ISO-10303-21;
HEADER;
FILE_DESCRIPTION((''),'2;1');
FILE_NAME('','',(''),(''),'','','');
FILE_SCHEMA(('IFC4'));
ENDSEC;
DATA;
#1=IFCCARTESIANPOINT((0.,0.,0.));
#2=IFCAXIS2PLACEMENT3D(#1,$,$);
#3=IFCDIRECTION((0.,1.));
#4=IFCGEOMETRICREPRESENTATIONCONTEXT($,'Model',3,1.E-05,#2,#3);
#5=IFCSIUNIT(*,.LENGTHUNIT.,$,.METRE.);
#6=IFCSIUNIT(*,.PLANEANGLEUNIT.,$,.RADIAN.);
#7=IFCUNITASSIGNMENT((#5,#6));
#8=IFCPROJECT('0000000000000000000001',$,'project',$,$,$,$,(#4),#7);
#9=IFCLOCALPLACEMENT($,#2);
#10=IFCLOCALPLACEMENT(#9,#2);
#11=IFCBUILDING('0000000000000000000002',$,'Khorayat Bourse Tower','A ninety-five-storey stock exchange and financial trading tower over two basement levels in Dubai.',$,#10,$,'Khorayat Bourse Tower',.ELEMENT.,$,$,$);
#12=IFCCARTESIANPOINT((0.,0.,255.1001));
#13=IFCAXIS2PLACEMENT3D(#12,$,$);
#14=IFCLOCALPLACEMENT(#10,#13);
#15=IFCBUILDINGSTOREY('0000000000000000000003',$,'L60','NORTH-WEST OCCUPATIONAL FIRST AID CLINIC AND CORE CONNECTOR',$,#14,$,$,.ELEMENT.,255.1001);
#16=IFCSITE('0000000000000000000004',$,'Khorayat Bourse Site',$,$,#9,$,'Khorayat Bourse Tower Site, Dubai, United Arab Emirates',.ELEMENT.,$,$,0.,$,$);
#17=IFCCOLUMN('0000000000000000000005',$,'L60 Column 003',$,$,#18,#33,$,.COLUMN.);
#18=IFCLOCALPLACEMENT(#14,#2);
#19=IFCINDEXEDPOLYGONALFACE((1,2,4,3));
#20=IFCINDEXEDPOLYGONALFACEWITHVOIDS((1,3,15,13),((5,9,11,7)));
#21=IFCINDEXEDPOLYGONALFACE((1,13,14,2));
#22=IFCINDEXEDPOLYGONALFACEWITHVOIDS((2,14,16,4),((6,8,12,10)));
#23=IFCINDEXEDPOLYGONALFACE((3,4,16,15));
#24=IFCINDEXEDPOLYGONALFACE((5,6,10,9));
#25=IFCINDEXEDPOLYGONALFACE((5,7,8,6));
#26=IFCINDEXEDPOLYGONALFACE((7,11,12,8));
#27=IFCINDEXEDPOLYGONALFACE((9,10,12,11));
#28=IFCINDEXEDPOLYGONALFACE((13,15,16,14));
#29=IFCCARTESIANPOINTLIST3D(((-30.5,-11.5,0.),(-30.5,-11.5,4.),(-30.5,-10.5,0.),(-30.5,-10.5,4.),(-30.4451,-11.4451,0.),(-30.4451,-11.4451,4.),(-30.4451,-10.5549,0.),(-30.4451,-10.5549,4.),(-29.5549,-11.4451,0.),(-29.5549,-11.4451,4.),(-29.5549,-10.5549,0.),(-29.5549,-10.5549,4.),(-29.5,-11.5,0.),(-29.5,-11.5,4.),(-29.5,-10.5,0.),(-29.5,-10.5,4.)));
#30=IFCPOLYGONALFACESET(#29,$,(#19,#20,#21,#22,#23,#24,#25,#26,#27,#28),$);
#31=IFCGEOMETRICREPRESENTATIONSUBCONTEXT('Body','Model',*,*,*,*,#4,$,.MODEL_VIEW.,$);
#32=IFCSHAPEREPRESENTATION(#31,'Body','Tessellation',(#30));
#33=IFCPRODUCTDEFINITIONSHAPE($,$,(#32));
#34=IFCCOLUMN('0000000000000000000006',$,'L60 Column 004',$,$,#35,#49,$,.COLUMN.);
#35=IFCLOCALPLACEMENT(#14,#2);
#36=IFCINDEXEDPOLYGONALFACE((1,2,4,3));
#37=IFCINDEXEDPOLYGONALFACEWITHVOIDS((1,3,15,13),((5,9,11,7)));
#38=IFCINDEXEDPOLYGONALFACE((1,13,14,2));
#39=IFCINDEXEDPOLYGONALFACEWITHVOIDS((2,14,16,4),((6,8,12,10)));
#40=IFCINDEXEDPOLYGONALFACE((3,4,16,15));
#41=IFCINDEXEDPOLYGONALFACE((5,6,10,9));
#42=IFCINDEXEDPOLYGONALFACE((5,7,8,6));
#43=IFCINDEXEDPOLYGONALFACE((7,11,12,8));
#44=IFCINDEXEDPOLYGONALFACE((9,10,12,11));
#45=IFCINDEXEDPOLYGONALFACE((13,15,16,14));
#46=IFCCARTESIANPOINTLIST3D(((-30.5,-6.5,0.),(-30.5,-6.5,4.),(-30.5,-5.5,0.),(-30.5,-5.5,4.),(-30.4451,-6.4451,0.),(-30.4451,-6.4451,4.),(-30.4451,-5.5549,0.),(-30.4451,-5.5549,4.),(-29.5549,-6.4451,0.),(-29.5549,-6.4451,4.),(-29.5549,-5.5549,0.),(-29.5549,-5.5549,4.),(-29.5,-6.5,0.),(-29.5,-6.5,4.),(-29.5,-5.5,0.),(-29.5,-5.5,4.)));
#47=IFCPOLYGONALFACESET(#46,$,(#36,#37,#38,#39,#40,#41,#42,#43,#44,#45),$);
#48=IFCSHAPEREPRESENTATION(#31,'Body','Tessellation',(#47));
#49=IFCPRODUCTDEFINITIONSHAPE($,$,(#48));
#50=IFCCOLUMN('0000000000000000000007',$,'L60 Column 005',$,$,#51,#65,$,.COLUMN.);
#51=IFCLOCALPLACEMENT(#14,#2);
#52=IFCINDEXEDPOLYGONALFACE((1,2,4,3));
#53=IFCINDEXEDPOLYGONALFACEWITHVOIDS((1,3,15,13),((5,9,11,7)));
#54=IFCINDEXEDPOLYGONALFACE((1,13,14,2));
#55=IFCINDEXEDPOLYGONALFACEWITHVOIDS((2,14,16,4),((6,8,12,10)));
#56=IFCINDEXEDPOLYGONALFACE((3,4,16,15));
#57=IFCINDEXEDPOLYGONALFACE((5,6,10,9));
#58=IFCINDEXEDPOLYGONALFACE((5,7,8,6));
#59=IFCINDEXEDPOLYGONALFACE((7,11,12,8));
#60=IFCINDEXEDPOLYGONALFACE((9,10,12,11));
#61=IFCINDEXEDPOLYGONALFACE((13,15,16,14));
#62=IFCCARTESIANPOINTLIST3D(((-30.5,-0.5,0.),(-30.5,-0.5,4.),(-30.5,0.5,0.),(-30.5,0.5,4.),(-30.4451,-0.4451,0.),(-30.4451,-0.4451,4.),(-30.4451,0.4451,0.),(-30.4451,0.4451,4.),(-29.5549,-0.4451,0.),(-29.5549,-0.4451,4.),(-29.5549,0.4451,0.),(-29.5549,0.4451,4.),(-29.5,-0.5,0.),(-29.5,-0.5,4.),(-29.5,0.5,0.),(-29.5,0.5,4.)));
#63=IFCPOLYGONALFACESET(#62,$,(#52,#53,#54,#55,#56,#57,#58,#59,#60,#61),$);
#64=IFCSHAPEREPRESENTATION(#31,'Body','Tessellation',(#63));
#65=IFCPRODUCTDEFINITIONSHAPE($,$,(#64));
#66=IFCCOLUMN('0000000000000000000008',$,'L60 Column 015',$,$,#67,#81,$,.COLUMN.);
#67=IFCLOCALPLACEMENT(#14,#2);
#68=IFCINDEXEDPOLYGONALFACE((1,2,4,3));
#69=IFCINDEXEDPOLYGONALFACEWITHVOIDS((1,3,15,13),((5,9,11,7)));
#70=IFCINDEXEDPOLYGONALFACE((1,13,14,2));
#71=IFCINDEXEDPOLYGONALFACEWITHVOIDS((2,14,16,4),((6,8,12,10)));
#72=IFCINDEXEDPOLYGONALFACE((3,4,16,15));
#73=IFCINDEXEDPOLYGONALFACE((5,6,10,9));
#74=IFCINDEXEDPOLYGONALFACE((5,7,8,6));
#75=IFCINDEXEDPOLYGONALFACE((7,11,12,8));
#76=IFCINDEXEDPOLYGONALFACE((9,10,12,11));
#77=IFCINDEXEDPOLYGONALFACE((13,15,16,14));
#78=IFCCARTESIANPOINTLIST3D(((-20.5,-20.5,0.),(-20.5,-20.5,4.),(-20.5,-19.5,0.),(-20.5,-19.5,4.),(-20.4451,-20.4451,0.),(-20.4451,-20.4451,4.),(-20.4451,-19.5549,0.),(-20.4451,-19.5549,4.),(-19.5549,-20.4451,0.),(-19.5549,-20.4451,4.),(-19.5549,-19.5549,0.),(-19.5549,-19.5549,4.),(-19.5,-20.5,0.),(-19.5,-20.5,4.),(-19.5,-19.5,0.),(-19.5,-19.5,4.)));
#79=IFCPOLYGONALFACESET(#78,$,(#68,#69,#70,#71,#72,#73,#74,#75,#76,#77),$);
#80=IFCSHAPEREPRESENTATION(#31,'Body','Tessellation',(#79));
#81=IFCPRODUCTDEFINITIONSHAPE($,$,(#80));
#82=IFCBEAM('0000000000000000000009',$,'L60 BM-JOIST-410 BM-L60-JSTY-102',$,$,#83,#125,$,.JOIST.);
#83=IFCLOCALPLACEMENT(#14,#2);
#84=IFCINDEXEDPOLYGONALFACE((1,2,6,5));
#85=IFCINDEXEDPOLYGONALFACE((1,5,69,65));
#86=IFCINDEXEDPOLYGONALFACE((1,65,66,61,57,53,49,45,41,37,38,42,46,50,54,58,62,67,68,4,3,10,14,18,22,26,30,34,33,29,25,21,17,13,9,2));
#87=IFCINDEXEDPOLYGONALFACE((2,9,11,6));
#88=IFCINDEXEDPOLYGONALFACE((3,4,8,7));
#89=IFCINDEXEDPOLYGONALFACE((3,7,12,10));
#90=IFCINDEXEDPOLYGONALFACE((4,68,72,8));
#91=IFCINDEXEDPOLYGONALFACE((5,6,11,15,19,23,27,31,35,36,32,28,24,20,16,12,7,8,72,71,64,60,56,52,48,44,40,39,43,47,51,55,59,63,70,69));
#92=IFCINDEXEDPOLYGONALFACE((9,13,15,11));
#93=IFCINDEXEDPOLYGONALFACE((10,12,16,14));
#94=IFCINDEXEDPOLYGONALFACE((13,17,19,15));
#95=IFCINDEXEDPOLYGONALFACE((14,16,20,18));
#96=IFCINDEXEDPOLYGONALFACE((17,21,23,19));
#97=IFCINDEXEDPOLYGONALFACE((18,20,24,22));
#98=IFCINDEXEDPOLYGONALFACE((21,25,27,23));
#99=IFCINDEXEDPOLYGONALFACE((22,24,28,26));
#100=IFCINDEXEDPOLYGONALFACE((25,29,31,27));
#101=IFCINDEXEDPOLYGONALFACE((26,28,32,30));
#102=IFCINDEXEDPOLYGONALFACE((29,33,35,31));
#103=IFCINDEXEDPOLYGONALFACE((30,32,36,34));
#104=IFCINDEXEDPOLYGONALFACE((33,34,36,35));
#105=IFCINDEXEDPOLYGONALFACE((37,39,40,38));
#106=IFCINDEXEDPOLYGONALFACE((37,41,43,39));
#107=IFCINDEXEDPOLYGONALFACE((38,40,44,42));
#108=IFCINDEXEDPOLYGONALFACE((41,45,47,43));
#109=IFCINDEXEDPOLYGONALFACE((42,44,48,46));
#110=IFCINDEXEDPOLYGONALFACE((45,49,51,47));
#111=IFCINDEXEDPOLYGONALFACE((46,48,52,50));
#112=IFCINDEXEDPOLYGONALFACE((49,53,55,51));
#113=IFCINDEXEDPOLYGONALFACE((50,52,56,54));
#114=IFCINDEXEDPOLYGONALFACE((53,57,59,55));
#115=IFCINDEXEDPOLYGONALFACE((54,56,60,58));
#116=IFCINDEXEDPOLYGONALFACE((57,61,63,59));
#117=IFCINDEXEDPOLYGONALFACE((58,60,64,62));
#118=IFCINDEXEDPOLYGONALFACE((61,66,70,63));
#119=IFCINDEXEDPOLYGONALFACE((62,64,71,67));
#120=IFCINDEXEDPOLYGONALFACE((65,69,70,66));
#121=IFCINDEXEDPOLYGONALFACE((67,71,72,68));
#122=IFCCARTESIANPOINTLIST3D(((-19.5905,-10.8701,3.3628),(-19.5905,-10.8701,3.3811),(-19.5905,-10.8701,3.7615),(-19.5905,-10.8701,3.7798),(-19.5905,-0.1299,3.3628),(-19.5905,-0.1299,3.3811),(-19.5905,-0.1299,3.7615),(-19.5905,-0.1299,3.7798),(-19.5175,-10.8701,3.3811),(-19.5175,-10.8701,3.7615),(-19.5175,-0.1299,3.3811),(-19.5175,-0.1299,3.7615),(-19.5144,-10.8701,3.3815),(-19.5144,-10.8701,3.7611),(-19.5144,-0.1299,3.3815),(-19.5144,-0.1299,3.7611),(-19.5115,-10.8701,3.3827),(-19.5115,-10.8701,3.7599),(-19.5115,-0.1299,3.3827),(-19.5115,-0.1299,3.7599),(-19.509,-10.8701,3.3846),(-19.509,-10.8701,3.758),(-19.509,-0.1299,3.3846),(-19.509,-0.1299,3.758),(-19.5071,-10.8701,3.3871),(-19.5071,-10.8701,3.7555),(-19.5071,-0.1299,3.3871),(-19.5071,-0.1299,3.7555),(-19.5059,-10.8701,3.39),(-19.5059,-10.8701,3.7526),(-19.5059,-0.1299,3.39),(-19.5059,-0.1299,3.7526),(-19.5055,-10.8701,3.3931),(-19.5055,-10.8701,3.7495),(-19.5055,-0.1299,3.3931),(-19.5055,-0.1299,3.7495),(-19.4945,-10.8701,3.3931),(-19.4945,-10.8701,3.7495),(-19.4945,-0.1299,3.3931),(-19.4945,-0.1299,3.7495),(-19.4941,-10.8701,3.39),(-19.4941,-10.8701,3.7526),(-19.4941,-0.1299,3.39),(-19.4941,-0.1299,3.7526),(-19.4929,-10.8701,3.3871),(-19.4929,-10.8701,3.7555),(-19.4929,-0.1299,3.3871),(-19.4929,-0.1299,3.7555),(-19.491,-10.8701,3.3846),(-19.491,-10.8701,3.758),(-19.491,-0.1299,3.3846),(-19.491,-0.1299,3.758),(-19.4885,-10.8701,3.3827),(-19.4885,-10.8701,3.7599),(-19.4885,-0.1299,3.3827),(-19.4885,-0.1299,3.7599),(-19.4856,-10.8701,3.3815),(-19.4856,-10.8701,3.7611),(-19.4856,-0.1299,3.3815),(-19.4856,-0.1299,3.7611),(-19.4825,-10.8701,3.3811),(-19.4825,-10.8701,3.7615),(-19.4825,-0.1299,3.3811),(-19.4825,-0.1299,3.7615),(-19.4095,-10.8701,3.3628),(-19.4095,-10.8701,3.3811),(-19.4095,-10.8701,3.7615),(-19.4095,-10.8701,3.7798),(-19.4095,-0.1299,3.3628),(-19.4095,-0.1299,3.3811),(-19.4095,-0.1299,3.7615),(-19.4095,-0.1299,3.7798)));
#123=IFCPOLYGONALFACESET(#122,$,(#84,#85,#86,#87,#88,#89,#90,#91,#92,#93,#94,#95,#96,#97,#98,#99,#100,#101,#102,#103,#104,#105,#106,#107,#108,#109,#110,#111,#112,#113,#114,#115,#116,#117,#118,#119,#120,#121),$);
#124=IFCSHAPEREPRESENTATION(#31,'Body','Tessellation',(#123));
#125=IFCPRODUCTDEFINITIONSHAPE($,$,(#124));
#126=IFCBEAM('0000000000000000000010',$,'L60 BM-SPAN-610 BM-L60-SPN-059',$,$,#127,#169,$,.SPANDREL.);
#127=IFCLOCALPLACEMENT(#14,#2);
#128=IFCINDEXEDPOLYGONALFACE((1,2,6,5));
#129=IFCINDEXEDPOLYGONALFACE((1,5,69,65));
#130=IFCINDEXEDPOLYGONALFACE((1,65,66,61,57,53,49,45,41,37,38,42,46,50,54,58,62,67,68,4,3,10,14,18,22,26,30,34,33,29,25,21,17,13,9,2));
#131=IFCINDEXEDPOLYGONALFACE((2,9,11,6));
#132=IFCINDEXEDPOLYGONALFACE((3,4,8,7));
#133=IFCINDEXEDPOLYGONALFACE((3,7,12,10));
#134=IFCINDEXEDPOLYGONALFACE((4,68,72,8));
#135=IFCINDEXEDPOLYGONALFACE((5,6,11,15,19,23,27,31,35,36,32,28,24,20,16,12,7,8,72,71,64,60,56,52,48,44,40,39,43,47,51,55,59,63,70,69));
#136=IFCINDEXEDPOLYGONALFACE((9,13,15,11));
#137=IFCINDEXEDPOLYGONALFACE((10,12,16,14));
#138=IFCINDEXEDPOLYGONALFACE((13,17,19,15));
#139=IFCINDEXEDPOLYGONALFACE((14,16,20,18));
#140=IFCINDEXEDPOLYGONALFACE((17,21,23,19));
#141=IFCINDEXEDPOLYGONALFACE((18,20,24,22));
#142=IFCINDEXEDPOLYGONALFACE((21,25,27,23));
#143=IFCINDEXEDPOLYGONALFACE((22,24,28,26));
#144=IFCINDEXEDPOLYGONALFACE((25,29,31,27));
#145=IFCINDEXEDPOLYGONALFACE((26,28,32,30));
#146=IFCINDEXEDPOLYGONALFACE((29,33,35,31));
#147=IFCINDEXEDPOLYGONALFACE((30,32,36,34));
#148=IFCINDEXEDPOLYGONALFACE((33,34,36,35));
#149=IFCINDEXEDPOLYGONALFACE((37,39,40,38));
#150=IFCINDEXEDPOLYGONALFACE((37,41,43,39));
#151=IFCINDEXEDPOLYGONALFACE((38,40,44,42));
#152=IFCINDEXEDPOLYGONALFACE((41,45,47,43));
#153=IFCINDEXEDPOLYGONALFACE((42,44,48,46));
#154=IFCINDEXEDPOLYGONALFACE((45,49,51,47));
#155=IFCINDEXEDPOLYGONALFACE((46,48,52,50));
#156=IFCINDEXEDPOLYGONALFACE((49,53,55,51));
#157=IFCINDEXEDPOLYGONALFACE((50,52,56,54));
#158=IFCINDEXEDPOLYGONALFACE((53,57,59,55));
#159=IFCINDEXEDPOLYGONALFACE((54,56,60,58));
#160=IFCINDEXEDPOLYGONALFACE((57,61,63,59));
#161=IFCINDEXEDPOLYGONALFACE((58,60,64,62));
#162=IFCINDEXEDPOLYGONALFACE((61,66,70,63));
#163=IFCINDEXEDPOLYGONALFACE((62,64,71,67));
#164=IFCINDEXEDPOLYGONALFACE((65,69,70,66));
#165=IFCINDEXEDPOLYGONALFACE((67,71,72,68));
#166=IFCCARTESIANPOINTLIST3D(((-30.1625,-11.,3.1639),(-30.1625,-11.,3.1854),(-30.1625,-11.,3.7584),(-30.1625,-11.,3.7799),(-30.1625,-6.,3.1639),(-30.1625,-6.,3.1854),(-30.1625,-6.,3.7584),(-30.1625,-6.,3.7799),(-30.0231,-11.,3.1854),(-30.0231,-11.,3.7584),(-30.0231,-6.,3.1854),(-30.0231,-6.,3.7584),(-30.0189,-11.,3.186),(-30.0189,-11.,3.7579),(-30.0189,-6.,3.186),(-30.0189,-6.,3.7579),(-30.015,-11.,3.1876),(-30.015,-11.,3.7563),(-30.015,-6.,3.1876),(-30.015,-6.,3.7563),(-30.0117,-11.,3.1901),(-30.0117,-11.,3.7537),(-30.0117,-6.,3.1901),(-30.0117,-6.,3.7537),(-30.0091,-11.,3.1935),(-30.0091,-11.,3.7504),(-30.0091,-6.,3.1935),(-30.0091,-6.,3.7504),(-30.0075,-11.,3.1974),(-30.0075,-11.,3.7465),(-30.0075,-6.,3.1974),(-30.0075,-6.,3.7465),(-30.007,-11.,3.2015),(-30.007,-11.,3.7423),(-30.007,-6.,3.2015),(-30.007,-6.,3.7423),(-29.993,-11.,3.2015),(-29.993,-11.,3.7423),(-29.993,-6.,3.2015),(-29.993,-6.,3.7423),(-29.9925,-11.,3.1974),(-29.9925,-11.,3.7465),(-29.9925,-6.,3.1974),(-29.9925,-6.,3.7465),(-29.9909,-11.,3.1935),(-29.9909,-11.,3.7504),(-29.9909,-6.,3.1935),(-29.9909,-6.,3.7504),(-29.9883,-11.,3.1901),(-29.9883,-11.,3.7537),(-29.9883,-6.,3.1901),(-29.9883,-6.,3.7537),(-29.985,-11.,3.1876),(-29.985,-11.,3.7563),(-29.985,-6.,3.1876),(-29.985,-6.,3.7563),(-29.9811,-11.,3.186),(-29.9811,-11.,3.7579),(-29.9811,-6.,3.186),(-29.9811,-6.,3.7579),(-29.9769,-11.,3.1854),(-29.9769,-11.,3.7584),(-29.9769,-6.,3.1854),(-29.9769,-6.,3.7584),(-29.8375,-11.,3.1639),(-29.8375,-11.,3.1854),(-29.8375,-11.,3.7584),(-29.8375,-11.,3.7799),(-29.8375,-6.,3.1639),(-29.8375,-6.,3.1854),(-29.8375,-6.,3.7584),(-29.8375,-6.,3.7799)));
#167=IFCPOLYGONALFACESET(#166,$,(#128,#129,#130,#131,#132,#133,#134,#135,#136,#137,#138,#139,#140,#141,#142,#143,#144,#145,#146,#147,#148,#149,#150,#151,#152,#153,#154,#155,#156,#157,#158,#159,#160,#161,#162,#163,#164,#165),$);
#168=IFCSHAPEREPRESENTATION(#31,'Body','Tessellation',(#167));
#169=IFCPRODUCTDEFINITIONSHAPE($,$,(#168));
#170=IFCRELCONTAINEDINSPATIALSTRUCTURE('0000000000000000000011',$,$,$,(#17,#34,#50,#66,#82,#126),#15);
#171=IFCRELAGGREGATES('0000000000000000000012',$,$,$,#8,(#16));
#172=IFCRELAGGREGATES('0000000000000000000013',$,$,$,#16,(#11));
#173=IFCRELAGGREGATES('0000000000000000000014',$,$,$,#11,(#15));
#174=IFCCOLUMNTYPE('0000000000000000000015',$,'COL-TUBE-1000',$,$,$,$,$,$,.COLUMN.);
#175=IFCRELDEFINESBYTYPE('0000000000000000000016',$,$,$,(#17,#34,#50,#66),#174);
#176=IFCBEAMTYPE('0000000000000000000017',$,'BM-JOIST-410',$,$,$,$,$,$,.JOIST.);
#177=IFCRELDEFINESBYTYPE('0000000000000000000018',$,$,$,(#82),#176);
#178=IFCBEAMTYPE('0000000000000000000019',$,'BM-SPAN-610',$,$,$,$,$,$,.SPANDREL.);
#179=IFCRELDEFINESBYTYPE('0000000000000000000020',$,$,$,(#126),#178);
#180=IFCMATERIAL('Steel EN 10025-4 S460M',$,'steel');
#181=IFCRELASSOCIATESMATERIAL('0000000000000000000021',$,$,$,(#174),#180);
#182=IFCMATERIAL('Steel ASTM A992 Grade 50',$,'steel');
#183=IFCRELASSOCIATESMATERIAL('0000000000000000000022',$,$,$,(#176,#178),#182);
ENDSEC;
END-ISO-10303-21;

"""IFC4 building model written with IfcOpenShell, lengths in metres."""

from ifc_helpers import new_model, si_unit, direction, frame, origin, origin_2d, place, context, subcontext, project, spatial, hollow_rectangle, i_section, extrude, source, transform, mapped, material, material_profile, profile_set, type_object, element, save


model = new_model("IFC4")

# Units and contexts
model_context = context("Model", 3, precision=1e-05, world=origin(), true_north=direction((0.0, 1.0)))
body_context = subcontext(model_context, "Body", "Model", "MODEL_VIEW")
ifc_project = project(units=[si_unit("LENGTHUNIT", "METRE"), si_unit("PLANEANGLEUNIT", "RADIAN")], contexts=[model_context])

# Site, building, storey
site_placement = place(None, origin())
site = spatial("IfcSite", under=ifc_project, at=site_placement, Name="Khorayat Bourse Site", LongName="Khorayat Bourse Tower Site, Dubai, United Arab Emirates", CompositionType="ELEMENT", RefElevation=0.0)
building_placement = place(site_placement, origin())
building = spatial("IfcBuilding", under=site, at=building_placement, Name="Khorayat Bourse Tower", Description="A ninety-five-storey stock exchange and financial trading tower over two basement levels in Dubai.", LongName="Khorayat Bourse Tower", CompositionType="ELEMENT")
storey_placement = place(building_placement, frame((0.0, 0.0, 255.1001)))
storey = spatial("IfcBuildingStorey", under=building, at=storey_placement, Name="L60", Description="NORTH-WEST OCCUPATIONAL FIRST AID CLINIC AND CORE CONNECTOR", CompositionType="ELEMENT", Elevation=255.1001)

# Columns
ifc_material_1 = material(Name="Steel EN 10025-4 S460M", Category="steel")
ifc_material_profile_1 = material_profile(ifc_material_1, hollow_rectangle(XDim=1.0, YDim=1.0, WallThickness=0.0549, at=origin_2d()), Name="BOX 1000x1000x55")
ifc_profile_set_1 = profile_set([ifc_material_profile_1], Name="Steel EN 10025-4 S460M")
column_type = type_object("IfcColumnType", Name="COL-TUBE-1000", PredefinedType="COLUMN", material=ifc_profile_set_1)
shared_shape_1 = source(origin(), body_context, "Body", "SweptSolid", [
    extrude(hollow_rectangle(XDim=1.0, YDim=1.0, WallThickness=0.0549, at=origin_2d()), origin(), (0.0, 0.0, 1.0), 4.0),
])
for number, where, z_axis, x_axis, name in (
    (1, (-30.0, -11.0, 0.0), (0.0, 0.0, 1.0), (1.0, 0.0, 0.0), "L60 Column 003"),
    (2, (-30.0, -6.0, 0.0), (0.0, 0.0, 1.0), (1.0, 0.0, 0.0), "L60 Column 004"),
    (3, (-30.0, 0.0, 0.0), (0.0, 0.0, 1.0), (1.0, 0.0, 0.0), "L60 Column 005"),
    (4, (-20.0, -20.0, 0.0), (0.0, 0.0, 1.0), (1.0, 0.0, 0.0), "L60 Column 015"),
):
    element("IfcColumn", number, at=place(storey_placement, frame(where, z_axis=z_axis, x_axis=x_axis)), inside=storey, type_object=column_type, Name=name, PredefinedType="COLUMN", context=body_context, shape_type="MappedRepresentation", body=[
        mapped(shared_shape_1, transform((0.0, 0.0, 0.0), scale=1.0)),
    ])

# Beams
ifc_material_2 = material(Name="Steel ASTM A992 Grade 50", Category="steel")
ifc_material_profile_2 = material_profile(ifc_material_2, i_section(OverallWidth=0.1809, OverallDepth=0.417, WebThickness=0.011, FlangeThickness=0.0183, FilletRadius=0.012, at=origin_2d()), Name="W410X85")
ifc_profile_set_2 = profile_set([ifc_material_profile_2], Name="Steel ASTM A992 Grade 50")
beam_type_1 = type_object("IfcBeamType", Name="BM-JOIST-410", PredefinedType="JOIST", material=ifc_profile_set_2)
shared_shape_2 = source(origin(), body_context, "Body", "SweptSolid", [
    extrude(i_section(OverallWidth=0.1809, OverallDepth=0.417, WebThickness=0.011, FlangeThickness=0.0183, FilletRadius=0.012, at=origin_2d()), origin(), (0.0, 0.0, 1.0), 10.7402),
])
beam_1_placement = place(storey_placement, frame((-19.5, -10.8701, 3.5713), z_axis=(0.0, 1.0, 0.0), x_axis=(-1.0, 0.0, 0.0)))
element("IfcBeam", 5, at=beam_1_placement, inside=storey, type_object=beam_type_1, Name="L60 BM-JOIST-410 BM-L60-JSTY-102", PredefinedType="JOIST", context=body_context, shape_type="MappedRepresentation", body=[
    mapped(shared_shape_2, transform((0.0, 0.0, 0.0), scale=1.0)),
])
ifc_material_profile_3 = material_profile(ifc_material_2, i_section(OverallWidth=0.325, OverallDepth=0.616, WebThickness=0.0139, FlangeThickness=0.0215, FilletRadius=0.0161, at=origin_2d()), Name="W610X174")
ifc_profile_set_3 = profile_set([ifc_material_profile_3], Name="Steel ASTM A992 Grade 50")
beam_type_2 = type_object("IfcBeamType", Name="BM-SPAN-610", PredefinedType="SPANDREL", material=ifc_profile_set_3)
shared_shape_3 = source(origin(), body_context, "Body", "SweptSolid", [
    extrude(i_section(OverallWidth=0.325, OverallDepth=0.616, WebThickness=0.0139, FlangeThickness=0.0215, FilletRadius=0.0161, at=origin_2d()), origin(), (0.0, 0.0, 1.0), 5.0),
])
beam_2_placement = place(storey_placement, frame((-30.0, -11.0, 3.4719), z_axis=(0.0, 1.0, 0.0), x_axis=(-1.0, 0.0, 0.0)))
element("IfcBeam", 6, at=beam_2_placement, inside=storey, type_object=beam_type_2, Name="L60 BM-SPAN-610 BM-L60-SPN-059", PredefinedType="SPANDREL", context=body_context, shape_type="MappedRepresentation", body=[
    mapped(shared_shape_3, transform((0.0, 0.0, 0.0), scale=1.0)),
])

save(model, "model.ifc")
